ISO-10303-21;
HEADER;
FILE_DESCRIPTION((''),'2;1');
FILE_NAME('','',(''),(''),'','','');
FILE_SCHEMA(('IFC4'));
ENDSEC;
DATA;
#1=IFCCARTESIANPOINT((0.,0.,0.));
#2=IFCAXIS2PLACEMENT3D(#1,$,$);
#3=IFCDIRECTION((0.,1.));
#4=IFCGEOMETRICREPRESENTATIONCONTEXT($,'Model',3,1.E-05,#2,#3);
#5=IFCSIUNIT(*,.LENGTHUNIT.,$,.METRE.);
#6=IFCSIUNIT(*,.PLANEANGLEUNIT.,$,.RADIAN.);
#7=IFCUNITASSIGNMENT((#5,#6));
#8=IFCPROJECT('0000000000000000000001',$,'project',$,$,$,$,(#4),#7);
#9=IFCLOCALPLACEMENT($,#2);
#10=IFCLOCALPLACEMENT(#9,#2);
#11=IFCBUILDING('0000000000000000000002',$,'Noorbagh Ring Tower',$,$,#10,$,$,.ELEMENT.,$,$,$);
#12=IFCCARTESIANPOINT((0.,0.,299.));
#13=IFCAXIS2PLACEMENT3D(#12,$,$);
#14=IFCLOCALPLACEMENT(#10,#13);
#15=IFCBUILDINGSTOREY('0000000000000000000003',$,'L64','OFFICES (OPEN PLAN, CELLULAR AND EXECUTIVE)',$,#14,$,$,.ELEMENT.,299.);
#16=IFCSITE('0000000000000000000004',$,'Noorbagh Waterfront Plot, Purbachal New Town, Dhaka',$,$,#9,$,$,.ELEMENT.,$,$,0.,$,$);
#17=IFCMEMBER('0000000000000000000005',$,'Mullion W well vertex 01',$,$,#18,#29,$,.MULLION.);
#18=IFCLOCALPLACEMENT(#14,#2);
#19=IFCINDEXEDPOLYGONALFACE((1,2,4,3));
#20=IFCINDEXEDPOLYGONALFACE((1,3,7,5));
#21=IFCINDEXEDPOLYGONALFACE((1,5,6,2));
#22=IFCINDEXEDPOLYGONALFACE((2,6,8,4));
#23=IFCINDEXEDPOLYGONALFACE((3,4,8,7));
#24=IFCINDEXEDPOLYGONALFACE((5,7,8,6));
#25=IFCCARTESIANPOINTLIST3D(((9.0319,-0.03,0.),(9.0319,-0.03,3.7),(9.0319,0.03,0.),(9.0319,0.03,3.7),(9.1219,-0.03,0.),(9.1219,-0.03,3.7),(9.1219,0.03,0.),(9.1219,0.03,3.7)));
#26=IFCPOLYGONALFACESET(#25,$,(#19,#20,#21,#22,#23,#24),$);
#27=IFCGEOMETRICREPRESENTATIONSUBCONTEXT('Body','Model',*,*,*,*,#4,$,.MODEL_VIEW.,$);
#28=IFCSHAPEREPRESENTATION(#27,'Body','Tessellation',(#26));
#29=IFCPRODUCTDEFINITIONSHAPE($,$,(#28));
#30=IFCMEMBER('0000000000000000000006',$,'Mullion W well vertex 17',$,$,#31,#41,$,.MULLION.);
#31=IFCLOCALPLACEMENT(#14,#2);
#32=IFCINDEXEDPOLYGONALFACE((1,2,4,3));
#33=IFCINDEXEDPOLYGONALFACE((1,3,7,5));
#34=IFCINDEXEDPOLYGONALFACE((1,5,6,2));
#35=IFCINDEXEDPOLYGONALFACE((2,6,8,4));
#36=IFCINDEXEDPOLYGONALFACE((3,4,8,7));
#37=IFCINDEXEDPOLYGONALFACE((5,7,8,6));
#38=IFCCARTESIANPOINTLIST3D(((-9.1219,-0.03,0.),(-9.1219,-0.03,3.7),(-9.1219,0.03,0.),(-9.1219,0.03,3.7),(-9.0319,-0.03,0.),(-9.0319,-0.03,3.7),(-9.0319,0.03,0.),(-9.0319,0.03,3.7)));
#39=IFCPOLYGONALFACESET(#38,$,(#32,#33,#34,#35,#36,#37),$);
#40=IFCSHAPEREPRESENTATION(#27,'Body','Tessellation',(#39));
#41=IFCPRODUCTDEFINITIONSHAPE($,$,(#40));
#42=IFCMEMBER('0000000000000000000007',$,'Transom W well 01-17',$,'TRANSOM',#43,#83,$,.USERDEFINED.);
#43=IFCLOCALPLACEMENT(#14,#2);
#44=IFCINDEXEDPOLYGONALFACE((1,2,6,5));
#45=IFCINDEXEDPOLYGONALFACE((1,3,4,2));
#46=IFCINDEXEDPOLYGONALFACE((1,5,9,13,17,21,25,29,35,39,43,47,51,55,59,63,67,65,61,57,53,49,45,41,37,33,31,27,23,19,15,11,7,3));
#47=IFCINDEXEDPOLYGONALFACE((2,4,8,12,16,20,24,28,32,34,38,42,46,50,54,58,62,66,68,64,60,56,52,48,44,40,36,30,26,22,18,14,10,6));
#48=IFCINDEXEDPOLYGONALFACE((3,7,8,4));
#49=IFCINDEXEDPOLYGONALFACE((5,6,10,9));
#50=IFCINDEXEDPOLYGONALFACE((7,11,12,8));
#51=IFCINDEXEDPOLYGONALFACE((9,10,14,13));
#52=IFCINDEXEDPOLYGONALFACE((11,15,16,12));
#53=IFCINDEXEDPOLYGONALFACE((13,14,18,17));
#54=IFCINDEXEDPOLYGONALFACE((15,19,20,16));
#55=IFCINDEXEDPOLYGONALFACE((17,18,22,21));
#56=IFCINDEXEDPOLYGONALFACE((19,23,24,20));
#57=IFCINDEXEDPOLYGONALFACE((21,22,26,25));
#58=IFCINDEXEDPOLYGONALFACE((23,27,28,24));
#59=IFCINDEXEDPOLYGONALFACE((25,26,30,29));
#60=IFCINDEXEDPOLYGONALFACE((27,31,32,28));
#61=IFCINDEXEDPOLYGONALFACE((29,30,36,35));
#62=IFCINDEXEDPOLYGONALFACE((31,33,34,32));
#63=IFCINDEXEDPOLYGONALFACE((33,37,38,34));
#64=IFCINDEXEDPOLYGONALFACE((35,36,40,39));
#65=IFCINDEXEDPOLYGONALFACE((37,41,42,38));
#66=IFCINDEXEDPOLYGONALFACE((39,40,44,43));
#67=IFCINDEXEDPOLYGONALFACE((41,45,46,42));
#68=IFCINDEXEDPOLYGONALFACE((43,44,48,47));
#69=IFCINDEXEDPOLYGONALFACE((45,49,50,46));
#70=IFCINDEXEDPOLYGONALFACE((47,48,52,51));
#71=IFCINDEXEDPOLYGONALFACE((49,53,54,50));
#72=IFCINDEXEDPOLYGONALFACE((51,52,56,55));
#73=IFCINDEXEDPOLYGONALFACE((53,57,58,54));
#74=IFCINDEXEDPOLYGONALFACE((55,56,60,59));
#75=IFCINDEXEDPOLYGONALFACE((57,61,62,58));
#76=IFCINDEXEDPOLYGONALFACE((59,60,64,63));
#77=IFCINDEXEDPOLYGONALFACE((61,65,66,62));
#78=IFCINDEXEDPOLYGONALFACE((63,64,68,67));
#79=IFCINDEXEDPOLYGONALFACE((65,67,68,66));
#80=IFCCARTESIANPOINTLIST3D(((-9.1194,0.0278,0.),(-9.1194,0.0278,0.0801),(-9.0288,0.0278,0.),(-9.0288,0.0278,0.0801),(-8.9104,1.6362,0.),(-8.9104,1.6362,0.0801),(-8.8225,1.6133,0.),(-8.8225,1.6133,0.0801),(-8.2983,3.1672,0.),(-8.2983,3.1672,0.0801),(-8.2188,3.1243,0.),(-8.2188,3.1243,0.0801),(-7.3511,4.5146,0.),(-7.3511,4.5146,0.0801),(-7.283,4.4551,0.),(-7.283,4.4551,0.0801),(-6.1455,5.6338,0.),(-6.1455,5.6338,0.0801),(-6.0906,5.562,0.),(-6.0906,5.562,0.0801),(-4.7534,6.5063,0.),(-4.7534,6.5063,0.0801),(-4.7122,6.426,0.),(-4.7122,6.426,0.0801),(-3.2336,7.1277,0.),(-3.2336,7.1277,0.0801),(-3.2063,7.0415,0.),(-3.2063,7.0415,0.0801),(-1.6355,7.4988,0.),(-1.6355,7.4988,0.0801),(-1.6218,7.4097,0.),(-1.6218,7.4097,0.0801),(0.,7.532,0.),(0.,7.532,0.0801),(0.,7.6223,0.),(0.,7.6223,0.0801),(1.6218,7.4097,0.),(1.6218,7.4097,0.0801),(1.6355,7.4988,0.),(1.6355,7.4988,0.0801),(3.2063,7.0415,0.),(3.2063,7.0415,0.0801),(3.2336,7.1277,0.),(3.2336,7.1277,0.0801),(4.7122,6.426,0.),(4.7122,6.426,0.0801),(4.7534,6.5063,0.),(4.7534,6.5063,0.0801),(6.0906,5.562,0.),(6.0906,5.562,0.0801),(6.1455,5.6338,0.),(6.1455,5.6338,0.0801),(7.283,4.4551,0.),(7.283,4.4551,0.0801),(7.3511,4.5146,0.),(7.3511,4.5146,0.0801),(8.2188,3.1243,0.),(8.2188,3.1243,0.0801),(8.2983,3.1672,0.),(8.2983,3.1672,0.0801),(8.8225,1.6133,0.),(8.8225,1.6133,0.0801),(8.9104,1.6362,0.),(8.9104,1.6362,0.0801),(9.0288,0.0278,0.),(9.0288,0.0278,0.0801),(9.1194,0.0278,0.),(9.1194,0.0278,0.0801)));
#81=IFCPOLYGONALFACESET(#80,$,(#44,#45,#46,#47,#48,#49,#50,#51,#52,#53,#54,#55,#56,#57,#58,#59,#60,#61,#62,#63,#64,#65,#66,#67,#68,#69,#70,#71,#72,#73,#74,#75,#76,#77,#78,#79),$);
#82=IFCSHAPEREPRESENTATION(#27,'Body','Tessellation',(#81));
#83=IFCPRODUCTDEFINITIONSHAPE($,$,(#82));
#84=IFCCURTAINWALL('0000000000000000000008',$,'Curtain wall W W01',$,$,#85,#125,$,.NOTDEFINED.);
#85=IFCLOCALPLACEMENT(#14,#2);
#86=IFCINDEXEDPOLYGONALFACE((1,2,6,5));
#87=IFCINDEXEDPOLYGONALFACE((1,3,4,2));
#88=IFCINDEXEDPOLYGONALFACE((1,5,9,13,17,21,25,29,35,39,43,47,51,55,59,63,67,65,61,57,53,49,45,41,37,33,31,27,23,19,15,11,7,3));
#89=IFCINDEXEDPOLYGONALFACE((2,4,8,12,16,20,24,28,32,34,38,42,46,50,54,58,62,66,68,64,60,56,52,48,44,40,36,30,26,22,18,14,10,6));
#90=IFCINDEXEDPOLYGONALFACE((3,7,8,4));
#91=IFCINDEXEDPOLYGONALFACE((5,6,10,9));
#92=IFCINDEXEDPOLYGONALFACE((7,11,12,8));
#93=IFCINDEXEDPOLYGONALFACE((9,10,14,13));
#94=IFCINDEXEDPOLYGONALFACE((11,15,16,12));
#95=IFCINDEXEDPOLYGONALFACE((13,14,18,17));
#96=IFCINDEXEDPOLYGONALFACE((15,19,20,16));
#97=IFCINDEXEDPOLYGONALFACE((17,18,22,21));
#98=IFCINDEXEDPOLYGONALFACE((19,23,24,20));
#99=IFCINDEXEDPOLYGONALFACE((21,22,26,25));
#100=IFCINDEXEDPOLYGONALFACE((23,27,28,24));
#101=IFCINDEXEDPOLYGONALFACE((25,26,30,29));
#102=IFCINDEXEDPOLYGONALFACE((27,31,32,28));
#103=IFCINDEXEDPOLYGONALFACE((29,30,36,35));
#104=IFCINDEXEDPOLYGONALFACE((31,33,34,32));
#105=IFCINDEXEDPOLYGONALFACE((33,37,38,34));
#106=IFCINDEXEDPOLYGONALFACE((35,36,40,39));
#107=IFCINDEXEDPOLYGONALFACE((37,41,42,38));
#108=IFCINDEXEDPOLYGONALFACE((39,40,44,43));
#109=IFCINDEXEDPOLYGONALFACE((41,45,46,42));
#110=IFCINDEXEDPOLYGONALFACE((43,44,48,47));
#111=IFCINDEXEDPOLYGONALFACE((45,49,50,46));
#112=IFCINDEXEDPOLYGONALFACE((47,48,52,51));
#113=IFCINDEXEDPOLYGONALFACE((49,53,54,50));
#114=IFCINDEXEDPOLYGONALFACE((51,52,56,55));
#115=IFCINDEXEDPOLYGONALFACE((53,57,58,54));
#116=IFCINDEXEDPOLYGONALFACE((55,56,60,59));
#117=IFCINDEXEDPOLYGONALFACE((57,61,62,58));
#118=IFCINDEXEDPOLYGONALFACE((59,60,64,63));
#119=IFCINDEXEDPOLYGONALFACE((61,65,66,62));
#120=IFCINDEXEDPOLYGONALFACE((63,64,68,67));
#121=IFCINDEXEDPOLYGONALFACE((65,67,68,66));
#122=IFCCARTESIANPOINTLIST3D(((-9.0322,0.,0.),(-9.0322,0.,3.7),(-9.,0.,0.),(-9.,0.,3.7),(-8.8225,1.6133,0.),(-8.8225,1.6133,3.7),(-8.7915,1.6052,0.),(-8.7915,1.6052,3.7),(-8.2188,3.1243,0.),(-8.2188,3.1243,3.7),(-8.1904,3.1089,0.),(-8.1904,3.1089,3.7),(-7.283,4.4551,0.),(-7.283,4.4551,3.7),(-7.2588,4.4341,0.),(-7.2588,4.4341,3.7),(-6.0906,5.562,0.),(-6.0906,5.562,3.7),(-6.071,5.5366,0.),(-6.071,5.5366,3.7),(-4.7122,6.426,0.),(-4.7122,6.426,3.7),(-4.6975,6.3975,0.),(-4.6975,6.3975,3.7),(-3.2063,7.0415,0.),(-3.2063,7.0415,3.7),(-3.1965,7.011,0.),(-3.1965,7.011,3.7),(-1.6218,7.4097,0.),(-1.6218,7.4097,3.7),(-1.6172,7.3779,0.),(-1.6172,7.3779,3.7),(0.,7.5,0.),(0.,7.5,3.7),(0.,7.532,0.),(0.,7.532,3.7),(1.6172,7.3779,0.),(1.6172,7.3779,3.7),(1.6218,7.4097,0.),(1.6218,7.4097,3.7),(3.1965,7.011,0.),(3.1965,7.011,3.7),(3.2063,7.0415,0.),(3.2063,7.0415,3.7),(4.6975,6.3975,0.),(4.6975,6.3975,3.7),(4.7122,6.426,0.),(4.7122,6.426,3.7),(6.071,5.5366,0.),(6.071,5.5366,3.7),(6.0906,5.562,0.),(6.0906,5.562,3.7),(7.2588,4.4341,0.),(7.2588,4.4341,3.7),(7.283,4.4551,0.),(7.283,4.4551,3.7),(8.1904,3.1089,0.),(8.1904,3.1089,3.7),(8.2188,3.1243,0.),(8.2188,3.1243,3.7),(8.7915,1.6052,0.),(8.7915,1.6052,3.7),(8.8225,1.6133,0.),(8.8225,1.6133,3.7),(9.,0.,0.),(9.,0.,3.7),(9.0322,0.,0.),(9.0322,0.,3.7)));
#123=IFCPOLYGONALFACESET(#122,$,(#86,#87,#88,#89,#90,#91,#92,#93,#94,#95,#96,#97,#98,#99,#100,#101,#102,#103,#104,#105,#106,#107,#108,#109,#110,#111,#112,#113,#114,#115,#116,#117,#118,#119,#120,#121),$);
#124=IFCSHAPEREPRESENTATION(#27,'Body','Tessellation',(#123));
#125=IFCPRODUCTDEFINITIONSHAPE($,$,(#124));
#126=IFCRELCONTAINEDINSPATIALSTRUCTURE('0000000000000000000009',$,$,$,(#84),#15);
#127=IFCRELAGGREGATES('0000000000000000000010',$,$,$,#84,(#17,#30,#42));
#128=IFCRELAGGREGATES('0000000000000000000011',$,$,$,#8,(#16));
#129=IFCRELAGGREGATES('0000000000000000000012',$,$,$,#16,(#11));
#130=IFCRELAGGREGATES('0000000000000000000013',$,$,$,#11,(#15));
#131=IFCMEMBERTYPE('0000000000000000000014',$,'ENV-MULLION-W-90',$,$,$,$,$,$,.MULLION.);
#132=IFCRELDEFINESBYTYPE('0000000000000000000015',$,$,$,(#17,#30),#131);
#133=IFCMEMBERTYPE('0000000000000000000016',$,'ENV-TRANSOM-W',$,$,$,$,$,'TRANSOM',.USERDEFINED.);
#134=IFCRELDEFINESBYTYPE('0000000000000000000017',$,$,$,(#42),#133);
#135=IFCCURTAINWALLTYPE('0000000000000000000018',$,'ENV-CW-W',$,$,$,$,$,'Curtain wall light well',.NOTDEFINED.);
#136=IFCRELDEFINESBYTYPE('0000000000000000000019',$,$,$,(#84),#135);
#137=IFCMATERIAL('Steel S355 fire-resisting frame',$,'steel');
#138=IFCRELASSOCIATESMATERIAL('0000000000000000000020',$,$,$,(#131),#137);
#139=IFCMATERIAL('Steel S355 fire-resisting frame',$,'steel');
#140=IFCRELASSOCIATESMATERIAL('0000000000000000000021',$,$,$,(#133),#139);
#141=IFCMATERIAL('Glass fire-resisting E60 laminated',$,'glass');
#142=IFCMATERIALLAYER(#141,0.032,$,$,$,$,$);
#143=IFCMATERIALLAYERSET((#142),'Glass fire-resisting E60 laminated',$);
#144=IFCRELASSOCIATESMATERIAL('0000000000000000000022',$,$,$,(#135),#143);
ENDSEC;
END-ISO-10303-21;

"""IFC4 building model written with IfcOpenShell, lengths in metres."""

from ifc_helpers import new_model, si_unit, direction, frame, origin, origin_2d, place, context, subcontext, project, spatial, polyline, rectangle, outline, extrude, material, layer, layer_set, material_profile, profile_set, type_object, element, aggregate, save


model = new_model("IFC4")

# Units and contexts
model_context = context("Model", 3, precision=1e-05, world=origin(), true_north=direction((0.0, 1.0)))
body_context = subcontext(model_context, "Body", "Model", "MODEL_VIEW")
ifc_project = project(units=[si_unit("LENGTHUNIT", "METRE"), si_unit("PLANEANGLEUNIT", "RADIAN")], contexts=[model_context])

# Members
site_placement = place(None, origin())
building_placement = place(site_placement, origin())
storey_placement = place(building_placement, frame((0.0, 0.0, 299.0)))
ifc_material_1 = material(Name="Steel S355 fire-resisting frame", Category="steel")
ifc_material_profile_1 = material_profile(ifc_material_1, rectangle(XDim=0.0901, YDim=0.0601, at=origin_2d()), Name="90x60")
ifc_profile_set_1 = profile_set([ifc_material_profile_1], Name="Steel S355 fire-resisting frame")
member_type_1 = type_object("IfcMemberType", Name="ENV-MULLION-W-90", PredefinedType="MULLION", material=ifc_profile_set_1)
member_1_placement = place(storey_placement, frame((9.0769, 0.0, 0.0), z_axis=(0.0, 0.0, 1.0), x_axis=(1.0, 0.0, 0.0)))
member_1 = element("IfcMember", 1, at=member_1_placement, type_object=member_type_1, Name="Mullion W well vertex 01", PredefinedType="MULLION", context=body_context, shape_type="SweptSolid", body=[
    extrude(rectangle(XDim=0.0901, YDim=0.0601, at=origin_2d()), origin(), (0.0, 0.0, 1.0), 3.7),
])
member_2_placement = place(storey_placement, frame((-9.0769, 0.0, 0.0), z_axis=(0.0, 0.0, 1.0), x_axis=(-1.0, 0.0, 0.0)))
member_2 = element("IfcMember", 2, at=member_2_placement, type_object=member_type_1, Name="Mullion W well vertex 17", PredefinedType="MULLION", context=body_context, shape_type="SweptSolid", body=[
    extrude(rectangle(XDim=0.0901, YDim=0.0601, at=origin_2d()), origin(), (0.0, 0.0, 1.0), 3.7),
])
ifc_material_2 = material(Name="Steel S355 fire-resisting frame", Category="steel")
member_type_2 = type_object("IfcMemberType", Name="ENV-TRANSOM-W", ElementType="TRANSOM", PredefinedType="USERDEFINED", material=ifc_material_2)
member_3_placement = place(storey_placement, origin())
member_3 = element("IfcMember", 3, at=member_3_placement, type_object=member_type_2, Name="Transom W well 01-17", ObjectType="TRANSOM", PredefinedType="USERDEFINED", context=body_context, shape_type="SweptSolid", body=[
    extrude(outline(polyline([(9.1194, 0.0278), (8.9104, 1.6362), (8.2983, 3.1672), (7.3511, 4.5146), (6.1455, 5.6338), (4.7534, 6.5063), (3.2336, 7.1277), (1.6355, 7.4988), (0.0, 7.6223), (-1.6355, 7.4988), (-3.2336, 7.1277), (-4.7534, 6.5063), (-6.1455, 5.6338), (-7.3511, 4.5146), (-8.2983, 3.1672), (-8.9104, 1.6362), (-9.1194, 0.0278), (-9.0288, 0.0278), (-8.8225, 1.6133), (-8.2188, 3.1243), (-7.283, 4.4551), (-6.0906, 5.562), (-4.7122, 6.426), (-3.2063, 7.0415), (-1.6218, 7.4097), (0.0, 7.532), (1.6218, 7.4097), (3.2063, 7.0415), (4.7122, 6.426), (6.0906, 5.562), (7.283, 4.4551), (8.2188, 3.1243), (8.8225, 1.6133), (9.0288, 0.0278), (9.1194, 0.0278)])), origin(), (0.0, 0.0, 1.0), 0.0801),
])

# Site, building, storey
site = spatial("IfcSite", under=ifc_project, at=site_placement, Name="Noorbagh Waterfront Plot, Purbachal New Town, Dhaka", CompositionType="ELEMENT", RefElevation=0.0)
building = spatial("IfcBuilding", under=site, at=building_placement, Name="Noorbagh Ring Tower", CompositionType="ELEMENT")
storey = spatial("IfcBuildingStorey", under=building, at=storey_placement, Name="L64", Description="OFFICES (OPEN PLAN, CELLULAR AND EXECUTIVE)", CompositionType="ELEMENT", Elevation=299.0)

# Curtain wall
ifc_material_3 = material(Name="Glass fire-resisting E60 laminated", Category="glass")
ifc_layer_1 = layer(ifc_material_3, 0.032)
ifc_layer_set_1 = layer_set([ifc_layer_1], Name="Glass fire-resisting E60 laminated")
curtain_wall_type_1 = type_object("IfcCurtainWallType", Name="ENV-CW-W", ElementType="Curtain wall light well", PredefinedType="NOTDEFINED", material=ifc_layer_set_1)
curtain_wall_1_placement = place(storey_placement, origin())
curtain_wall_1 = element("IfcCurtainWall", 4, at=curtain_wall_1_placement, inside=storey, type_object=curtain_wall_type_1, Name="Curtain wall W W01", PredefinedType="NOTDEFINED", context=body_context, shape_type="SweptSolid", body=[
    extrude(outline(polyline([(9.0322, 0.0), (8.8225, 1.6133), (8.2188, 3.1243), (7.283, 4.4551), (6.0906, 5.562), (4.7122, 6.426), (3.2063, 7.0415), (1.6218, 7.4097), (0.0, 7.532), (-1.6218, 7.4097), (-3.2063, 7.0415), (-4.7122, 6.426), (-6.0906, 5.562), (-7.283, 4.4551), (-8.2188, 3.1243), (-8.8225, 1.6133), (-9.0322, 0.0), (-9.0, 0.0), (-8.7915, 1.6052), (-8.1904, 3.1089), (-7.2588, 4.4341), (-6.071, 5.5366), (-4.6975, 6.3975), (-3.1965, 7.011), (-1.6172, 7.3779), (0.0, 7.5), (1.6172, 7.3779), (3.1965, 7.011), (4.6975, 6.3975), (6.071, 5.5366), (7.2588, 4.4341), (8.1904, 3.1089), (8.7915, 1.6052), (9.0, 0.0), (9.0322, 0.0)])), origin(), (0.0, 0.0, 1.0), 3.7),
])
aggregate(curtain_wall_1, [member_1, member_2, member_3])

save(model, "model.ifc")
